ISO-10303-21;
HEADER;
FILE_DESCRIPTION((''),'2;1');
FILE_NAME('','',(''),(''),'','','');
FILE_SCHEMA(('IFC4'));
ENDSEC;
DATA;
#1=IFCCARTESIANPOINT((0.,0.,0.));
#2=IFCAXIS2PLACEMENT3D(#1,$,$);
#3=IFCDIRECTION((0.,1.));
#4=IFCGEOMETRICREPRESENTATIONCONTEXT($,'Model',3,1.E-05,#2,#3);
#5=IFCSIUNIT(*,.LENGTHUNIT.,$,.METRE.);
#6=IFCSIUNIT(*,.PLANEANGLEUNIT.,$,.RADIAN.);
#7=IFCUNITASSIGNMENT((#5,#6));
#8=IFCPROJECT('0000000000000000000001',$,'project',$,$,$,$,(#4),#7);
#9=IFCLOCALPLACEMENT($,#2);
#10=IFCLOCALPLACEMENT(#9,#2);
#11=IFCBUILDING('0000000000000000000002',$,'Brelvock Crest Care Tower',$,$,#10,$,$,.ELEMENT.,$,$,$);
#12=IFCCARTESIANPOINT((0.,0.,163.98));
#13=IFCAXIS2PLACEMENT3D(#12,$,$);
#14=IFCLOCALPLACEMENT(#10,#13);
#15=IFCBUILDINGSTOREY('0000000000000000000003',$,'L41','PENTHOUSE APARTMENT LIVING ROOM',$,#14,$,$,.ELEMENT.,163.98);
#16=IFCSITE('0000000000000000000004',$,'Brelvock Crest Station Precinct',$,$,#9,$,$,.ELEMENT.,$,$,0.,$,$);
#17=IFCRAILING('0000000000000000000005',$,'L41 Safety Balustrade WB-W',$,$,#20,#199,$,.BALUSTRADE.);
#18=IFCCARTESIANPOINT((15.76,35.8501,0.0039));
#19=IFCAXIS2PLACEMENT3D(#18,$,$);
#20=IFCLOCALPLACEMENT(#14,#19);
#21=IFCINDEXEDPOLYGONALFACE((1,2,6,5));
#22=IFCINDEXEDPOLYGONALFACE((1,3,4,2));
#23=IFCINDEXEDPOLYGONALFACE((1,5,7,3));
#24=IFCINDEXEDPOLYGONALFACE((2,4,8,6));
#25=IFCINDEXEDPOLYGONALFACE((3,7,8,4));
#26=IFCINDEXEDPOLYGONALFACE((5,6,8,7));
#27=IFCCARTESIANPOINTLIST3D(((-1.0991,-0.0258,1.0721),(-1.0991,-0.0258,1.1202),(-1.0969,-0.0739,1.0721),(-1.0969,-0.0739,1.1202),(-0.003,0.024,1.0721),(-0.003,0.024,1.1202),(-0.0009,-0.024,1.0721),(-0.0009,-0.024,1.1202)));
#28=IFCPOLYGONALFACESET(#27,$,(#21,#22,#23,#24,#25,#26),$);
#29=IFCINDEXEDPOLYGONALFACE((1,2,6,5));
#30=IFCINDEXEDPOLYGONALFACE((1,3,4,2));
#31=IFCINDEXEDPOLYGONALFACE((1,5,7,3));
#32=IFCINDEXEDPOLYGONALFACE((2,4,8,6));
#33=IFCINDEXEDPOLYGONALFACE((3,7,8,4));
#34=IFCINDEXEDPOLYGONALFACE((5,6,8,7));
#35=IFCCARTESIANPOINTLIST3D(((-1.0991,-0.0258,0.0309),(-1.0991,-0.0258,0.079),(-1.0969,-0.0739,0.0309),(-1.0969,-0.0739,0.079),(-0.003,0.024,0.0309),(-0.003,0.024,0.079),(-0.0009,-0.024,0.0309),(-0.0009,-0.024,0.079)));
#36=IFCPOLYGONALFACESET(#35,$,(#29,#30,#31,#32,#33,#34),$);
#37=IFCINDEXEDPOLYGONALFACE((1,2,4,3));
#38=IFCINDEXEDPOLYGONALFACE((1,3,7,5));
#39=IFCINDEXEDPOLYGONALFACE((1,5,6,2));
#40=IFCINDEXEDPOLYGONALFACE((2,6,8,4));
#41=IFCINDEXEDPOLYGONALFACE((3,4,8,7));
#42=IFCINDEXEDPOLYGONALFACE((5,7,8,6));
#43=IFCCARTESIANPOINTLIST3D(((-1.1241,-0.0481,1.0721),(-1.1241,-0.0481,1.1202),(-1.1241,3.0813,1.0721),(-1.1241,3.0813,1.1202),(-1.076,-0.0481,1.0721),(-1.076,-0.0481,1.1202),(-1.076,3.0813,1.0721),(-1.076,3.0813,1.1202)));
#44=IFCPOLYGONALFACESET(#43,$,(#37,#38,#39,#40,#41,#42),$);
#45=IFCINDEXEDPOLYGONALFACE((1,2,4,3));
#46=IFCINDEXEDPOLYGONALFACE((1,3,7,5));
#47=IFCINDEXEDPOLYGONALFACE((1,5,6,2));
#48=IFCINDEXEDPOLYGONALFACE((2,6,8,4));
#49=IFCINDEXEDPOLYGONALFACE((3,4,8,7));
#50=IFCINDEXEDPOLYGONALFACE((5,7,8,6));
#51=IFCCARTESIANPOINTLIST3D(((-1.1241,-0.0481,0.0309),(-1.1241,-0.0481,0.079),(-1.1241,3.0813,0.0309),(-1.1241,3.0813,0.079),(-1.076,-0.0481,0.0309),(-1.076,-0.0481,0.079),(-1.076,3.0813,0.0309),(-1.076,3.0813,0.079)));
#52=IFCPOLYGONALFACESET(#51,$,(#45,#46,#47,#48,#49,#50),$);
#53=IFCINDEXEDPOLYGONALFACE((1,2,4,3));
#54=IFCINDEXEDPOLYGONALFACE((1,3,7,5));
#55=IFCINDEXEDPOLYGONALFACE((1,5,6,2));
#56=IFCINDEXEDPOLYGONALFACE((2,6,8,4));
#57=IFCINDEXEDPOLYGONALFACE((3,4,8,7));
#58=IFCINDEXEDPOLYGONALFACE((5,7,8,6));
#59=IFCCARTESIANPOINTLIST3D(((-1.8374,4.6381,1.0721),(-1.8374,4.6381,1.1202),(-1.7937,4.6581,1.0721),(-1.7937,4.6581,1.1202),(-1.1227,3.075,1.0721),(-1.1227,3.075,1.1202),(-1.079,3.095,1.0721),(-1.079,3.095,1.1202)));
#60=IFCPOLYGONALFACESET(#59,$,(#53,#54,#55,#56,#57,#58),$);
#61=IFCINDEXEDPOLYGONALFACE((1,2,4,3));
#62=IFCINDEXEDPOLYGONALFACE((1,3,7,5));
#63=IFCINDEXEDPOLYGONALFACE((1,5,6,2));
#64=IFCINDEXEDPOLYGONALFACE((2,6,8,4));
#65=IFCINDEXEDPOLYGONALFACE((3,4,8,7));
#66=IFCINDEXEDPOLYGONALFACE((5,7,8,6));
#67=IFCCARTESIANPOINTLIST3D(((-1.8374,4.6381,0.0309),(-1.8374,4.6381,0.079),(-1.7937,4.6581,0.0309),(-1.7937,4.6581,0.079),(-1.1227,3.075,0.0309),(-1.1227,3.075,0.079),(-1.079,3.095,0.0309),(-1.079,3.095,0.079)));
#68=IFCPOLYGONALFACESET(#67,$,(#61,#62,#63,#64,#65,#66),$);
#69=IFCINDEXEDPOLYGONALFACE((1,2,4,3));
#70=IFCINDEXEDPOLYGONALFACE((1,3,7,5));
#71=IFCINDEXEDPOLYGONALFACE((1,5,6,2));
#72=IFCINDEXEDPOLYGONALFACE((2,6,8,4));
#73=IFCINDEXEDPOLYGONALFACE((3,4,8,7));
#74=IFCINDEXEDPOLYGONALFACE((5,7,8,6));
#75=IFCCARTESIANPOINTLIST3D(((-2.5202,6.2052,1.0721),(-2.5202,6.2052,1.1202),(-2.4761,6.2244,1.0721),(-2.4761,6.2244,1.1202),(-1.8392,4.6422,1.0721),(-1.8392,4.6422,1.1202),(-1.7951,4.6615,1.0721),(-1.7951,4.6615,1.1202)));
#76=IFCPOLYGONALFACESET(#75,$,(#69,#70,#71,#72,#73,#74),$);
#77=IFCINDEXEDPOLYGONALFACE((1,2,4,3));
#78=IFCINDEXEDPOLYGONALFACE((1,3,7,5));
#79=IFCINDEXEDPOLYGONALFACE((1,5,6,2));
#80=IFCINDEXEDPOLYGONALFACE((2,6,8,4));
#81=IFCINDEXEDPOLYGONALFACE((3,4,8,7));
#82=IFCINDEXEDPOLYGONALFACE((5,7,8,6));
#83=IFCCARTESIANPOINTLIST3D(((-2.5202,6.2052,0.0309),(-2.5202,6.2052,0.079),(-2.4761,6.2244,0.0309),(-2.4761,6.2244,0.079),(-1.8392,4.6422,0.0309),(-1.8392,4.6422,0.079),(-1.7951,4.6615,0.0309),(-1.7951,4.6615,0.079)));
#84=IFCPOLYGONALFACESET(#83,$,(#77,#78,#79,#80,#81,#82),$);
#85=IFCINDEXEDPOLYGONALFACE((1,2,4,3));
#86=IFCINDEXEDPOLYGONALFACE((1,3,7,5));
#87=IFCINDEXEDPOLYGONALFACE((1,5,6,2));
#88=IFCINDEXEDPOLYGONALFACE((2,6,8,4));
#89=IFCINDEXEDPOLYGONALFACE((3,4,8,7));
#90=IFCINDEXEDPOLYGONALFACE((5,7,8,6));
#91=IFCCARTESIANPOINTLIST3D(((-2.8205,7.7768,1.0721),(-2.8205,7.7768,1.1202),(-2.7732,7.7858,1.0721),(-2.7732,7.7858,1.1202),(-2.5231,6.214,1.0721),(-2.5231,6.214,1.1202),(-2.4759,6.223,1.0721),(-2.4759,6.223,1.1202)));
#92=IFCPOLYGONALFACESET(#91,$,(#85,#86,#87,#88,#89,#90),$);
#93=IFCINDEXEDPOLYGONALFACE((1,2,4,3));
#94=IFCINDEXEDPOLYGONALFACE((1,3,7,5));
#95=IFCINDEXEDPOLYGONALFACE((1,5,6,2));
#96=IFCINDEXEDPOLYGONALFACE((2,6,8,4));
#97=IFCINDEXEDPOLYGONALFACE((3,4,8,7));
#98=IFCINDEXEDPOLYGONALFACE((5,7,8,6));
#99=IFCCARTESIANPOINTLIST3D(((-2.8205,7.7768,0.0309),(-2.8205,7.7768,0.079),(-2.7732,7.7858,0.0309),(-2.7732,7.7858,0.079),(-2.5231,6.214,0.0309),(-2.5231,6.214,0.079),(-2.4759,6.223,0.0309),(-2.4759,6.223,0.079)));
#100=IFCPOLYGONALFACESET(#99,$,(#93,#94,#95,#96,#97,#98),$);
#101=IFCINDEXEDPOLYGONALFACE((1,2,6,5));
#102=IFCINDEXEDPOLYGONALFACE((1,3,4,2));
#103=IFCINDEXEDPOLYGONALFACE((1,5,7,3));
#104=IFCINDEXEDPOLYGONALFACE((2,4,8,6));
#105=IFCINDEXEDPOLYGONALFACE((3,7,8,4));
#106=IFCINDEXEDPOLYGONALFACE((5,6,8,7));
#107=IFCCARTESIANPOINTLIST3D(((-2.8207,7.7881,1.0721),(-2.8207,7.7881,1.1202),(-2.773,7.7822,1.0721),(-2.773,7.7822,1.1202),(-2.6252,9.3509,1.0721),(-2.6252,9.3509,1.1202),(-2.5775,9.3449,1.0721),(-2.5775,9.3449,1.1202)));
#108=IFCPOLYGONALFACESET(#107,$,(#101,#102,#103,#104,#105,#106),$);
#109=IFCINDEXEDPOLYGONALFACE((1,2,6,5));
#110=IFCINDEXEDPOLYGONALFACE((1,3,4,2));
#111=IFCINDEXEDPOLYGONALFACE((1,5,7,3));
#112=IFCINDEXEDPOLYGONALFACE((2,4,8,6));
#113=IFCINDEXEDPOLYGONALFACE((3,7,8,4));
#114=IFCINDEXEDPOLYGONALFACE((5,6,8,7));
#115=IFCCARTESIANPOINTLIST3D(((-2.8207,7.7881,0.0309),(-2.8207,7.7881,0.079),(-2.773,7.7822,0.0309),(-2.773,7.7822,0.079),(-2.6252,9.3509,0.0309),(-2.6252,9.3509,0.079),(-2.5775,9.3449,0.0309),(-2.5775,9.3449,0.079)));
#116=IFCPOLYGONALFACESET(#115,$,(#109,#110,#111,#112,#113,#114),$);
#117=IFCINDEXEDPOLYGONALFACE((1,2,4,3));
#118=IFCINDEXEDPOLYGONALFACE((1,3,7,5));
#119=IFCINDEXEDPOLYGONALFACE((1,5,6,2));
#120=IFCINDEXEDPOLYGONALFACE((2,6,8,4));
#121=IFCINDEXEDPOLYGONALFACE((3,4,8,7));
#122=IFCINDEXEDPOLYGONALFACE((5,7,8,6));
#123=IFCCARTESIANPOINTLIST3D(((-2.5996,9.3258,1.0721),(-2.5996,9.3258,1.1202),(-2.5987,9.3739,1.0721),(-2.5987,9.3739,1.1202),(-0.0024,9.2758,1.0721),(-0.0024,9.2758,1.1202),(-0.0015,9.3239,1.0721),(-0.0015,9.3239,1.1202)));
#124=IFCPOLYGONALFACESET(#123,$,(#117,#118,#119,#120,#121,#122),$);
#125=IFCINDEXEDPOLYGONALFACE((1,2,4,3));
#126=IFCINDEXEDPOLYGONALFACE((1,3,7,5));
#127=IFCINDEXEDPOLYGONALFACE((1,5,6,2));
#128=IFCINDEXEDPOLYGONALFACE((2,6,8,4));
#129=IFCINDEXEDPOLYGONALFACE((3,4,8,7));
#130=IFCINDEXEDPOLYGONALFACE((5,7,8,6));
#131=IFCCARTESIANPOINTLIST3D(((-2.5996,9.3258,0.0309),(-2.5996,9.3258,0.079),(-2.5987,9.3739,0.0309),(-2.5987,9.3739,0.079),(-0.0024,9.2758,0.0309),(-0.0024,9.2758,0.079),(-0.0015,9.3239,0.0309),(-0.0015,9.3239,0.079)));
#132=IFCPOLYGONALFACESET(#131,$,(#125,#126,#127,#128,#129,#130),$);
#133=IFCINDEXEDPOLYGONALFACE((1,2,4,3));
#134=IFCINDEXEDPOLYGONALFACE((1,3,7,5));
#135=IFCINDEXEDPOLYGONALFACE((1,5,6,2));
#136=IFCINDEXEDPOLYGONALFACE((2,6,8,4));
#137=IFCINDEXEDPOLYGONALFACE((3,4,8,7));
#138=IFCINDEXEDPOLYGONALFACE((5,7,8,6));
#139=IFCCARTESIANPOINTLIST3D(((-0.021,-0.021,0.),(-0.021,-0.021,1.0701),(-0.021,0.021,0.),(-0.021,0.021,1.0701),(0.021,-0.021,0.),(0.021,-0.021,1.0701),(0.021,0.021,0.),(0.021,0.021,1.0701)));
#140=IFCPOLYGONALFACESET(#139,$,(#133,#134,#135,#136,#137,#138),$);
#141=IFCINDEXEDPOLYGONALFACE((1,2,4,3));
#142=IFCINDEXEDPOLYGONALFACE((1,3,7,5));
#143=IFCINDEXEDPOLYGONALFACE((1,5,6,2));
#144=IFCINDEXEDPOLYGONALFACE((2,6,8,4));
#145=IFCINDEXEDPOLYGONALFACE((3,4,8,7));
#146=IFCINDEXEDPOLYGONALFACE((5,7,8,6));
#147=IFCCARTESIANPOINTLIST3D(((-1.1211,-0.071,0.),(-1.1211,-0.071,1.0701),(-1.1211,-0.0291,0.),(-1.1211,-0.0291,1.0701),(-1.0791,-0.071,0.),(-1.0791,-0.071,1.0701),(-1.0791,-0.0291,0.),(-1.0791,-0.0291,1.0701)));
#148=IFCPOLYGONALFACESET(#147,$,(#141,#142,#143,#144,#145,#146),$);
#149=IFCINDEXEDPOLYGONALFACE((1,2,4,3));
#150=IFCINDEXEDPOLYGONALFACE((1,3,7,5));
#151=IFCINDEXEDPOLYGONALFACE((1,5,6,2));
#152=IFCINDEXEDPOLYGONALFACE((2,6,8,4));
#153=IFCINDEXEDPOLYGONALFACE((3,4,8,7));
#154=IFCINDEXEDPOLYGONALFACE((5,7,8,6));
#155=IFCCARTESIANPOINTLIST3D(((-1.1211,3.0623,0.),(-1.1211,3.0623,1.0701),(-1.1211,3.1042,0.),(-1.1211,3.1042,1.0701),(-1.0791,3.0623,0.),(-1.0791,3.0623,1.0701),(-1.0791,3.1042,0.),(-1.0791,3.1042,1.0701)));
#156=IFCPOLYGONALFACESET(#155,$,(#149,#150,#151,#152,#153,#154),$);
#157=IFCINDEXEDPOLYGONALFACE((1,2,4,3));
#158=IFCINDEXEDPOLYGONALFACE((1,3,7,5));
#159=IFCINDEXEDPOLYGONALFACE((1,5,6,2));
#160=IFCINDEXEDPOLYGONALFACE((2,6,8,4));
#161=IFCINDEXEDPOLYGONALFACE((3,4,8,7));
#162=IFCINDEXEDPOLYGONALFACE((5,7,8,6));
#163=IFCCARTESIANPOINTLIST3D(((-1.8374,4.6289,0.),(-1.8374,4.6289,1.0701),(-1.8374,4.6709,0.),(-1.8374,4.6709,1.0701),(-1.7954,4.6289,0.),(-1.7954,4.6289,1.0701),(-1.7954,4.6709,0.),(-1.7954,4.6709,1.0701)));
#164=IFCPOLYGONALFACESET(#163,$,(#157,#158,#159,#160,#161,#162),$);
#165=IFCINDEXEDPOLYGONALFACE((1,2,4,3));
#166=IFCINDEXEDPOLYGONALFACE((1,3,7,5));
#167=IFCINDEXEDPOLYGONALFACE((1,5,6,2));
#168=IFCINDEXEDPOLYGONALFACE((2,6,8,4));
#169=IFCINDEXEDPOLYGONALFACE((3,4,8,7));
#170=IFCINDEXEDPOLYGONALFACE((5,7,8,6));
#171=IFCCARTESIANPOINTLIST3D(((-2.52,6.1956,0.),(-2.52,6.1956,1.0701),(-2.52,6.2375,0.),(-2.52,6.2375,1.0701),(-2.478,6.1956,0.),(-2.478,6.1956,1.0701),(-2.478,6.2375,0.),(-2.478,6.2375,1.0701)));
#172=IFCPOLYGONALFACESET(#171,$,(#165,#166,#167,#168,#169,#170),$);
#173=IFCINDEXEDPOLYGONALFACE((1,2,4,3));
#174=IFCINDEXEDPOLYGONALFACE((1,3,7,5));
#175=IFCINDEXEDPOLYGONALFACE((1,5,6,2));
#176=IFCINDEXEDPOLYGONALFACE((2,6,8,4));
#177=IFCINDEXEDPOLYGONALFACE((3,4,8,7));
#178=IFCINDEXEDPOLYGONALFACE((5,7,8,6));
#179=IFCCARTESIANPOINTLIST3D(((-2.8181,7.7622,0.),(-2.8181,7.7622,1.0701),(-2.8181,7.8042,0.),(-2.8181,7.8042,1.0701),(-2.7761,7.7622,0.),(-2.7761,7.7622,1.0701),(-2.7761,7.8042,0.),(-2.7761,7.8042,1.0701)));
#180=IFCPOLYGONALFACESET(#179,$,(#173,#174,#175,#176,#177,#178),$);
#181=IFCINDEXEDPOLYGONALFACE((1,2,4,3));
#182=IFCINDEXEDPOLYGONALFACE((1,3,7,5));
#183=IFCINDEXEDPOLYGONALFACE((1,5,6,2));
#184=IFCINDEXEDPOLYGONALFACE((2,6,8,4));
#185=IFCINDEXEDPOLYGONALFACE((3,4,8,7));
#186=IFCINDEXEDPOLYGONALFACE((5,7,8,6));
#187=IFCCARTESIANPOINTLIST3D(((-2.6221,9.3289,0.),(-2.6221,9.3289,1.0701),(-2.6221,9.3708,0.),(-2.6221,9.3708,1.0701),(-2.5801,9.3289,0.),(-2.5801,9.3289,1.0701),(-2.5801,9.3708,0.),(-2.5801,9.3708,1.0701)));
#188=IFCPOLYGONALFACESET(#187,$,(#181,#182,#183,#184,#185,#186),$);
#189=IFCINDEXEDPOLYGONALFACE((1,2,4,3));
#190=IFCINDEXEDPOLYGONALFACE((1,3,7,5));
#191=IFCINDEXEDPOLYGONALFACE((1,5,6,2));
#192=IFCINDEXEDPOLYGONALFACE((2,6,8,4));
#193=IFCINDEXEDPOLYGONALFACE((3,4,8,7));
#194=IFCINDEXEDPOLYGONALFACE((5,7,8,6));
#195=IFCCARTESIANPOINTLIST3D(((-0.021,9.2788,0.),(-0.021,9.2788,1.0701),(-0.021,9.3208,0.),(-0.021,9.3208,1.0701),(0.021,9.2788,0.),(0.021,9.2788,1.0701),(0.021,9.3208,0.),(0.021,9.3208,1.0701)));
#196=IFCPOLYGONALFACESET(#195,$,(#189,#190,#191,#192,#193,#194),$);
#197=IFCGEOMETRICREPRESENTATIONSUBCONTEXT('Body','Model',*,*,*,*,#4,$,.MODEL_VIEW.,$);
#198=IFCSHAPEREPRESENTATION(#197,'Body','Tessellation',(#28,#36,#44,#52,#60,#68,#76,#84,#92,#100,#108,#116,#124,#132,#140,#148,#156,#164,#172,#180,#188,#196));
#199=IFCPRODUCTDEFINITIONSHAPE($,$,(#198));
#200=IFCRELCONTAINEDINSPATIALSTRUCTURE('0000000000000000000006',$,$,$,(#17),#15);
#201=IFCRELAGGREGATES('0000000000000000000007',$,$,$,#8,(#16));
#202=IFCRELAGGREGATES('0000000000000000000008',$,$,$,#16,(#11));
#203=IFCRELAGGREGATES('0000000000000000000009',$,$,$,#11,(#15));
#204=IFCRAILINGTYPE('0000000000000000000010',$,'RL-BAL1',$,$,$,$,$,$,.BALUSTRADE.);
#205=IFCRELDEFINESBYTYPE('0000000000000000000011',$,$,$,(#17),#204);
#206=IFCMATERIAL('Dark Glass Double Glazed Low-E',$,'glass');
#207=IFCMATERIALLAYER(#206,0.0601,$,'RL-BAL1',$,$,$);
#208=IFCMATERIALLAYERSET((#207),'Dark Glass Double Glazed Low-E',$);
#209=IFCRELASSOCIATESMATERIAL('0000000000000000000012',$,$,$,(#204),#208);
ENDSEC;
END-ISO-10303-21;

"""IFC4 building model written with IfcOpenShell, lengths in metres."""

from ifc_helpers import new_model, si_unit, direction, frame, origin, origin_2d, place, context, subcontext, project, spatial, rectangle, extrude, material, layer, layer_set, type_object, element, save


model = new_model("IFC4")

# Units and contexts
model_context = context("Model", 3, precision=1e-05, world=origin(), true_north=direction((0.0, 1.0)))
body_context = subcontext(model_context, "Body", "Model", "MODEL_VIEW")
ifc_project = project(units=[si_unit("LENGTHUNIT", "METRE"), si_unit("PLANEANGLEUNIT", "RADIAN")], contexts=[model_context])

# Site, building, storey
site_placement = place(None, origin())
site = spatial("IfcSite", under=ifc_project, at=site_placement, Name="Brelvock Crest Station Precinct", CompositionType="ELEMENT", RefElevation=0.0)
building_placement = place(site_placement, origin())
building = spatial("IfcBuilding", under=site, at=building_placement, Name="Brelvock Crest Care Tower", CompositionType="ELEMENT")
storey_placement = place(building_placement, frame((0.0, 0.0, 163.98)))
storey = spatial("IfcBuildingStorey", under=building, at=storey_placement, Name="L41", Description="PENTHOUSE APARTMENT LIVING ROOM", CompositionType="ELEMENT", Elevation=163.98)

# Shared definitions
ifc_material_1 = material(Name="Dark Glass Double Glazed Low-E", Category="glass")

# Railing
ifc_layer_1 = layer(ifc_material_1, 0.0601, Name="RL-BAL1")
ifc_layer_set_1 = layer_set([ifc_layer_1], Name="Dark Glass Double Glazed Low-E")
railing_type = type_object("IfcRailingType", Name="RL-BAL1", PredefinedType="BALUSTRADE", material=ifc_layer_set_1)
railing_placement = place(storey_placement, frame((15.76, 35.8501, 0.0039)))
element("IfcRailing", 1, at=railing_placement, inside=storey, type_object=railing_type, Name="L41 Safety Balustrade WB-W", PredefinedType="BALUSTRADE", context=body_context, shape_type="SweptSolid", body=[
    extrude(rectangle(XDim=0.0481, YDim=0.0481, at=origin_2d()), frame((-0.002, 0.0, 1.0962), z_axis=(-0.998967, -0.045448, 0.0), x_axis=(0.045448, -0.998967, 0.0)), (0.0, 0.0, 1.0), 1.0972),
    extrude(rectangle(XDim=0.0481, YDim=0.0481, at=origin_2d()), frame((-0.002, 0.0, 0.0549), z_axis=(-0.998967, -0.045448, 0.0), x_axis=(0.045448, -0.998967, 0.0)), (0.0, 0.0, 1.0), 1.0972),
    extrude(rectangle(XDim=0.0481, YDim=0.0481, at=origin_2d()), frame((-1.1001, -0.0481, 1.0962), z_axis=(0.0, 1.0, 0.0), x_axis=(-1.0, 0.0, 0.0)), (0.0, 0.0, 1.0), 3.1294),
    extrude(rectangle(XDim=0.0481, YDim=0.0481, at=origin_2d()), frame((-1.1001, -0.0481, 0.0549), z_axis=(0.0, 1.0, 0.0), x_axis=(-1.0, 0.0, 0.0)), (0.0, 0.0, 1.0), 3.1294),
    extrude(rectangle(XDim=0.0481, YDim=0.0481, at=origin_2d()), frame((-1.1008, 3.085, 1.0962), z_axis=(-0.41582, 0.909447, 0.0), x_axis=(-0.909447, -0.41582, 0.0)), (0.0, 0.0, 1.0), 1.7188),
    extrude(rectangle(XDim=0.0481, YDim=0.0481, at=origin_2d()), frame((-1.1008, 3.085, 0.0549), z_axis=(-0.41582, 0.909447, 0.0), x_axis=(-0.909447, -0.41582, 0.0)), (0.0, 0.0, 1.0), 1.7188),
    extrude(rectangle(XDim=0.0481, YDim=0.0481, at=origin_2d()), frame((-1.8171, 4.6519, 1.0962), z_axis=(-0.399447, 0.916756, 0.0), x_axis=(-0.916756, -0.399447, 0.0)), (0.0, 0.0, 1.0), 1.7048),
    extrude(rectangle(XDim=0.0481, YDim=0.0481, at=origin_2d()), frame((-1.8171, 4.6519, 0.0549), z_axis=(-0.399447, 0.916756, 0.0), x_axis=(-0.916756, -0.399447, 0.0)), (0.0, 0.0, 1.0), 1.7048),
    extrude(rectangle(XDim=0.0481, YDim=0.0481, at=origin_2d()), frame((-2.4995, 6.2185, 1.0962), z_axis=(-0.186922, 0.982375, 0.0), x_axis=(-0.982375, -0.186922, 0.0)), (0.0, 0.0, 1.0), 1.5908),
    extrude(rectangle(XDim=0.0481, YDim=0.0481, at=origin_2d()), frame((-2.4995, 6.2185, 0.0549), z_axis=(-0.186922, 0.982375, 0.0), x_axis=(-0.982375, -0.186922, 0.0)), (0.0, 0.0, 1.0), 1.5908),
    extrude(rectangle(XDim=0.0481, YDim=0.0481, at=origin_2d()), frame((-2.7969, 7.7852, 1.0962), z_axis=(0.124168, 0.992261, 0.0), x_axis=(-0.992261, 0.124168, 0.0)), (0.0, 0.0, 1.0), 1.575),
    extrude(rectangle(XDim=0.0481, YDim=0.0481, at=origin_2d()), frame((-2.7969, 7.7852, 0.0549), z_axis=(0.124168, 0.992261, 0.0), x_axis=(-0.992261, 0.124168, 0.0)), (0.0, 0.0, 1.0), 1.575),
    extrude(rectangle(XDim=0.0481, YDim=0.0481, at=origin_2d()), frame((-2.5991, 9.3499, 1.0962), z_axis=(0.999815, -0.019238, 0.0), x_axis=(0.019238, 0.999815, 0.0)), (0.0, 0.0, 1.0), 2.5977),
    extrude(rectangle(XDim=0.0481, YDim=0.0481, at=origin_2d()), frame((-2.5991, 9.3499, 0.0549), z_axis=(0.999815, -0.019238, 0.0), x_axis=(0.019238, 0.999815, 0.0)), (0.0, 0.0, 1.0), 2.5977),
    extrude(rectangle(XDim=0.042, YDim=0.042, at=origin_2d()), origin(), (0.0, 0.0, 1.0), 1.0701),
    extrude(rectangle(XDim=0.042, YDim=0.042, at=origin_2d()), frame((-1.1001, -0.05, 0.0)), (0.0, 0.0, 1.0), 1.0701),
    extrude(rectangle(XDim=0.042, YDim=0.042, at=origin_2d()), frame((-1.1001, 3.0833, 0.0)), (0.0, 0.0, 1.0), 1.0701),
    extrude(rectangle(XDim=0.042, YDim=0.042, at=origin_2d()), frame((-1.8164, 4.6499, 0.0)), (0.0, 0.0, 1.0), 1.0701),
    extrude(rectangle(XDim=0.042, YDim=0.042, at=origin_2d()), frame((-2.499, 6.2166, 0.0)), (0.0, 0.0, 1.0), 1.0701),
    extrude(rectangle(XDim=0.042, YDim=0.042, at=origin_2d()), frame((-2.7971, 7.7832, 0.0)), (0.0, 0.0, 1.0), 1.0701),
    extrude(rectangle(XDim=0.042, YDim=0.042, at=origin_2d()), frame((-2.6011, 9.3499, 0.0)), (0.0, 0.0, 1.0), 1.0701),
    extrude(rectangle(XDim=0.042, YDim=0.042, at=origin_2d()), frame((0.0, 9.2998, 0.0)), (0.0, 0.0, 1.0), 1.0701),
])

save(model, "model.ifc")
